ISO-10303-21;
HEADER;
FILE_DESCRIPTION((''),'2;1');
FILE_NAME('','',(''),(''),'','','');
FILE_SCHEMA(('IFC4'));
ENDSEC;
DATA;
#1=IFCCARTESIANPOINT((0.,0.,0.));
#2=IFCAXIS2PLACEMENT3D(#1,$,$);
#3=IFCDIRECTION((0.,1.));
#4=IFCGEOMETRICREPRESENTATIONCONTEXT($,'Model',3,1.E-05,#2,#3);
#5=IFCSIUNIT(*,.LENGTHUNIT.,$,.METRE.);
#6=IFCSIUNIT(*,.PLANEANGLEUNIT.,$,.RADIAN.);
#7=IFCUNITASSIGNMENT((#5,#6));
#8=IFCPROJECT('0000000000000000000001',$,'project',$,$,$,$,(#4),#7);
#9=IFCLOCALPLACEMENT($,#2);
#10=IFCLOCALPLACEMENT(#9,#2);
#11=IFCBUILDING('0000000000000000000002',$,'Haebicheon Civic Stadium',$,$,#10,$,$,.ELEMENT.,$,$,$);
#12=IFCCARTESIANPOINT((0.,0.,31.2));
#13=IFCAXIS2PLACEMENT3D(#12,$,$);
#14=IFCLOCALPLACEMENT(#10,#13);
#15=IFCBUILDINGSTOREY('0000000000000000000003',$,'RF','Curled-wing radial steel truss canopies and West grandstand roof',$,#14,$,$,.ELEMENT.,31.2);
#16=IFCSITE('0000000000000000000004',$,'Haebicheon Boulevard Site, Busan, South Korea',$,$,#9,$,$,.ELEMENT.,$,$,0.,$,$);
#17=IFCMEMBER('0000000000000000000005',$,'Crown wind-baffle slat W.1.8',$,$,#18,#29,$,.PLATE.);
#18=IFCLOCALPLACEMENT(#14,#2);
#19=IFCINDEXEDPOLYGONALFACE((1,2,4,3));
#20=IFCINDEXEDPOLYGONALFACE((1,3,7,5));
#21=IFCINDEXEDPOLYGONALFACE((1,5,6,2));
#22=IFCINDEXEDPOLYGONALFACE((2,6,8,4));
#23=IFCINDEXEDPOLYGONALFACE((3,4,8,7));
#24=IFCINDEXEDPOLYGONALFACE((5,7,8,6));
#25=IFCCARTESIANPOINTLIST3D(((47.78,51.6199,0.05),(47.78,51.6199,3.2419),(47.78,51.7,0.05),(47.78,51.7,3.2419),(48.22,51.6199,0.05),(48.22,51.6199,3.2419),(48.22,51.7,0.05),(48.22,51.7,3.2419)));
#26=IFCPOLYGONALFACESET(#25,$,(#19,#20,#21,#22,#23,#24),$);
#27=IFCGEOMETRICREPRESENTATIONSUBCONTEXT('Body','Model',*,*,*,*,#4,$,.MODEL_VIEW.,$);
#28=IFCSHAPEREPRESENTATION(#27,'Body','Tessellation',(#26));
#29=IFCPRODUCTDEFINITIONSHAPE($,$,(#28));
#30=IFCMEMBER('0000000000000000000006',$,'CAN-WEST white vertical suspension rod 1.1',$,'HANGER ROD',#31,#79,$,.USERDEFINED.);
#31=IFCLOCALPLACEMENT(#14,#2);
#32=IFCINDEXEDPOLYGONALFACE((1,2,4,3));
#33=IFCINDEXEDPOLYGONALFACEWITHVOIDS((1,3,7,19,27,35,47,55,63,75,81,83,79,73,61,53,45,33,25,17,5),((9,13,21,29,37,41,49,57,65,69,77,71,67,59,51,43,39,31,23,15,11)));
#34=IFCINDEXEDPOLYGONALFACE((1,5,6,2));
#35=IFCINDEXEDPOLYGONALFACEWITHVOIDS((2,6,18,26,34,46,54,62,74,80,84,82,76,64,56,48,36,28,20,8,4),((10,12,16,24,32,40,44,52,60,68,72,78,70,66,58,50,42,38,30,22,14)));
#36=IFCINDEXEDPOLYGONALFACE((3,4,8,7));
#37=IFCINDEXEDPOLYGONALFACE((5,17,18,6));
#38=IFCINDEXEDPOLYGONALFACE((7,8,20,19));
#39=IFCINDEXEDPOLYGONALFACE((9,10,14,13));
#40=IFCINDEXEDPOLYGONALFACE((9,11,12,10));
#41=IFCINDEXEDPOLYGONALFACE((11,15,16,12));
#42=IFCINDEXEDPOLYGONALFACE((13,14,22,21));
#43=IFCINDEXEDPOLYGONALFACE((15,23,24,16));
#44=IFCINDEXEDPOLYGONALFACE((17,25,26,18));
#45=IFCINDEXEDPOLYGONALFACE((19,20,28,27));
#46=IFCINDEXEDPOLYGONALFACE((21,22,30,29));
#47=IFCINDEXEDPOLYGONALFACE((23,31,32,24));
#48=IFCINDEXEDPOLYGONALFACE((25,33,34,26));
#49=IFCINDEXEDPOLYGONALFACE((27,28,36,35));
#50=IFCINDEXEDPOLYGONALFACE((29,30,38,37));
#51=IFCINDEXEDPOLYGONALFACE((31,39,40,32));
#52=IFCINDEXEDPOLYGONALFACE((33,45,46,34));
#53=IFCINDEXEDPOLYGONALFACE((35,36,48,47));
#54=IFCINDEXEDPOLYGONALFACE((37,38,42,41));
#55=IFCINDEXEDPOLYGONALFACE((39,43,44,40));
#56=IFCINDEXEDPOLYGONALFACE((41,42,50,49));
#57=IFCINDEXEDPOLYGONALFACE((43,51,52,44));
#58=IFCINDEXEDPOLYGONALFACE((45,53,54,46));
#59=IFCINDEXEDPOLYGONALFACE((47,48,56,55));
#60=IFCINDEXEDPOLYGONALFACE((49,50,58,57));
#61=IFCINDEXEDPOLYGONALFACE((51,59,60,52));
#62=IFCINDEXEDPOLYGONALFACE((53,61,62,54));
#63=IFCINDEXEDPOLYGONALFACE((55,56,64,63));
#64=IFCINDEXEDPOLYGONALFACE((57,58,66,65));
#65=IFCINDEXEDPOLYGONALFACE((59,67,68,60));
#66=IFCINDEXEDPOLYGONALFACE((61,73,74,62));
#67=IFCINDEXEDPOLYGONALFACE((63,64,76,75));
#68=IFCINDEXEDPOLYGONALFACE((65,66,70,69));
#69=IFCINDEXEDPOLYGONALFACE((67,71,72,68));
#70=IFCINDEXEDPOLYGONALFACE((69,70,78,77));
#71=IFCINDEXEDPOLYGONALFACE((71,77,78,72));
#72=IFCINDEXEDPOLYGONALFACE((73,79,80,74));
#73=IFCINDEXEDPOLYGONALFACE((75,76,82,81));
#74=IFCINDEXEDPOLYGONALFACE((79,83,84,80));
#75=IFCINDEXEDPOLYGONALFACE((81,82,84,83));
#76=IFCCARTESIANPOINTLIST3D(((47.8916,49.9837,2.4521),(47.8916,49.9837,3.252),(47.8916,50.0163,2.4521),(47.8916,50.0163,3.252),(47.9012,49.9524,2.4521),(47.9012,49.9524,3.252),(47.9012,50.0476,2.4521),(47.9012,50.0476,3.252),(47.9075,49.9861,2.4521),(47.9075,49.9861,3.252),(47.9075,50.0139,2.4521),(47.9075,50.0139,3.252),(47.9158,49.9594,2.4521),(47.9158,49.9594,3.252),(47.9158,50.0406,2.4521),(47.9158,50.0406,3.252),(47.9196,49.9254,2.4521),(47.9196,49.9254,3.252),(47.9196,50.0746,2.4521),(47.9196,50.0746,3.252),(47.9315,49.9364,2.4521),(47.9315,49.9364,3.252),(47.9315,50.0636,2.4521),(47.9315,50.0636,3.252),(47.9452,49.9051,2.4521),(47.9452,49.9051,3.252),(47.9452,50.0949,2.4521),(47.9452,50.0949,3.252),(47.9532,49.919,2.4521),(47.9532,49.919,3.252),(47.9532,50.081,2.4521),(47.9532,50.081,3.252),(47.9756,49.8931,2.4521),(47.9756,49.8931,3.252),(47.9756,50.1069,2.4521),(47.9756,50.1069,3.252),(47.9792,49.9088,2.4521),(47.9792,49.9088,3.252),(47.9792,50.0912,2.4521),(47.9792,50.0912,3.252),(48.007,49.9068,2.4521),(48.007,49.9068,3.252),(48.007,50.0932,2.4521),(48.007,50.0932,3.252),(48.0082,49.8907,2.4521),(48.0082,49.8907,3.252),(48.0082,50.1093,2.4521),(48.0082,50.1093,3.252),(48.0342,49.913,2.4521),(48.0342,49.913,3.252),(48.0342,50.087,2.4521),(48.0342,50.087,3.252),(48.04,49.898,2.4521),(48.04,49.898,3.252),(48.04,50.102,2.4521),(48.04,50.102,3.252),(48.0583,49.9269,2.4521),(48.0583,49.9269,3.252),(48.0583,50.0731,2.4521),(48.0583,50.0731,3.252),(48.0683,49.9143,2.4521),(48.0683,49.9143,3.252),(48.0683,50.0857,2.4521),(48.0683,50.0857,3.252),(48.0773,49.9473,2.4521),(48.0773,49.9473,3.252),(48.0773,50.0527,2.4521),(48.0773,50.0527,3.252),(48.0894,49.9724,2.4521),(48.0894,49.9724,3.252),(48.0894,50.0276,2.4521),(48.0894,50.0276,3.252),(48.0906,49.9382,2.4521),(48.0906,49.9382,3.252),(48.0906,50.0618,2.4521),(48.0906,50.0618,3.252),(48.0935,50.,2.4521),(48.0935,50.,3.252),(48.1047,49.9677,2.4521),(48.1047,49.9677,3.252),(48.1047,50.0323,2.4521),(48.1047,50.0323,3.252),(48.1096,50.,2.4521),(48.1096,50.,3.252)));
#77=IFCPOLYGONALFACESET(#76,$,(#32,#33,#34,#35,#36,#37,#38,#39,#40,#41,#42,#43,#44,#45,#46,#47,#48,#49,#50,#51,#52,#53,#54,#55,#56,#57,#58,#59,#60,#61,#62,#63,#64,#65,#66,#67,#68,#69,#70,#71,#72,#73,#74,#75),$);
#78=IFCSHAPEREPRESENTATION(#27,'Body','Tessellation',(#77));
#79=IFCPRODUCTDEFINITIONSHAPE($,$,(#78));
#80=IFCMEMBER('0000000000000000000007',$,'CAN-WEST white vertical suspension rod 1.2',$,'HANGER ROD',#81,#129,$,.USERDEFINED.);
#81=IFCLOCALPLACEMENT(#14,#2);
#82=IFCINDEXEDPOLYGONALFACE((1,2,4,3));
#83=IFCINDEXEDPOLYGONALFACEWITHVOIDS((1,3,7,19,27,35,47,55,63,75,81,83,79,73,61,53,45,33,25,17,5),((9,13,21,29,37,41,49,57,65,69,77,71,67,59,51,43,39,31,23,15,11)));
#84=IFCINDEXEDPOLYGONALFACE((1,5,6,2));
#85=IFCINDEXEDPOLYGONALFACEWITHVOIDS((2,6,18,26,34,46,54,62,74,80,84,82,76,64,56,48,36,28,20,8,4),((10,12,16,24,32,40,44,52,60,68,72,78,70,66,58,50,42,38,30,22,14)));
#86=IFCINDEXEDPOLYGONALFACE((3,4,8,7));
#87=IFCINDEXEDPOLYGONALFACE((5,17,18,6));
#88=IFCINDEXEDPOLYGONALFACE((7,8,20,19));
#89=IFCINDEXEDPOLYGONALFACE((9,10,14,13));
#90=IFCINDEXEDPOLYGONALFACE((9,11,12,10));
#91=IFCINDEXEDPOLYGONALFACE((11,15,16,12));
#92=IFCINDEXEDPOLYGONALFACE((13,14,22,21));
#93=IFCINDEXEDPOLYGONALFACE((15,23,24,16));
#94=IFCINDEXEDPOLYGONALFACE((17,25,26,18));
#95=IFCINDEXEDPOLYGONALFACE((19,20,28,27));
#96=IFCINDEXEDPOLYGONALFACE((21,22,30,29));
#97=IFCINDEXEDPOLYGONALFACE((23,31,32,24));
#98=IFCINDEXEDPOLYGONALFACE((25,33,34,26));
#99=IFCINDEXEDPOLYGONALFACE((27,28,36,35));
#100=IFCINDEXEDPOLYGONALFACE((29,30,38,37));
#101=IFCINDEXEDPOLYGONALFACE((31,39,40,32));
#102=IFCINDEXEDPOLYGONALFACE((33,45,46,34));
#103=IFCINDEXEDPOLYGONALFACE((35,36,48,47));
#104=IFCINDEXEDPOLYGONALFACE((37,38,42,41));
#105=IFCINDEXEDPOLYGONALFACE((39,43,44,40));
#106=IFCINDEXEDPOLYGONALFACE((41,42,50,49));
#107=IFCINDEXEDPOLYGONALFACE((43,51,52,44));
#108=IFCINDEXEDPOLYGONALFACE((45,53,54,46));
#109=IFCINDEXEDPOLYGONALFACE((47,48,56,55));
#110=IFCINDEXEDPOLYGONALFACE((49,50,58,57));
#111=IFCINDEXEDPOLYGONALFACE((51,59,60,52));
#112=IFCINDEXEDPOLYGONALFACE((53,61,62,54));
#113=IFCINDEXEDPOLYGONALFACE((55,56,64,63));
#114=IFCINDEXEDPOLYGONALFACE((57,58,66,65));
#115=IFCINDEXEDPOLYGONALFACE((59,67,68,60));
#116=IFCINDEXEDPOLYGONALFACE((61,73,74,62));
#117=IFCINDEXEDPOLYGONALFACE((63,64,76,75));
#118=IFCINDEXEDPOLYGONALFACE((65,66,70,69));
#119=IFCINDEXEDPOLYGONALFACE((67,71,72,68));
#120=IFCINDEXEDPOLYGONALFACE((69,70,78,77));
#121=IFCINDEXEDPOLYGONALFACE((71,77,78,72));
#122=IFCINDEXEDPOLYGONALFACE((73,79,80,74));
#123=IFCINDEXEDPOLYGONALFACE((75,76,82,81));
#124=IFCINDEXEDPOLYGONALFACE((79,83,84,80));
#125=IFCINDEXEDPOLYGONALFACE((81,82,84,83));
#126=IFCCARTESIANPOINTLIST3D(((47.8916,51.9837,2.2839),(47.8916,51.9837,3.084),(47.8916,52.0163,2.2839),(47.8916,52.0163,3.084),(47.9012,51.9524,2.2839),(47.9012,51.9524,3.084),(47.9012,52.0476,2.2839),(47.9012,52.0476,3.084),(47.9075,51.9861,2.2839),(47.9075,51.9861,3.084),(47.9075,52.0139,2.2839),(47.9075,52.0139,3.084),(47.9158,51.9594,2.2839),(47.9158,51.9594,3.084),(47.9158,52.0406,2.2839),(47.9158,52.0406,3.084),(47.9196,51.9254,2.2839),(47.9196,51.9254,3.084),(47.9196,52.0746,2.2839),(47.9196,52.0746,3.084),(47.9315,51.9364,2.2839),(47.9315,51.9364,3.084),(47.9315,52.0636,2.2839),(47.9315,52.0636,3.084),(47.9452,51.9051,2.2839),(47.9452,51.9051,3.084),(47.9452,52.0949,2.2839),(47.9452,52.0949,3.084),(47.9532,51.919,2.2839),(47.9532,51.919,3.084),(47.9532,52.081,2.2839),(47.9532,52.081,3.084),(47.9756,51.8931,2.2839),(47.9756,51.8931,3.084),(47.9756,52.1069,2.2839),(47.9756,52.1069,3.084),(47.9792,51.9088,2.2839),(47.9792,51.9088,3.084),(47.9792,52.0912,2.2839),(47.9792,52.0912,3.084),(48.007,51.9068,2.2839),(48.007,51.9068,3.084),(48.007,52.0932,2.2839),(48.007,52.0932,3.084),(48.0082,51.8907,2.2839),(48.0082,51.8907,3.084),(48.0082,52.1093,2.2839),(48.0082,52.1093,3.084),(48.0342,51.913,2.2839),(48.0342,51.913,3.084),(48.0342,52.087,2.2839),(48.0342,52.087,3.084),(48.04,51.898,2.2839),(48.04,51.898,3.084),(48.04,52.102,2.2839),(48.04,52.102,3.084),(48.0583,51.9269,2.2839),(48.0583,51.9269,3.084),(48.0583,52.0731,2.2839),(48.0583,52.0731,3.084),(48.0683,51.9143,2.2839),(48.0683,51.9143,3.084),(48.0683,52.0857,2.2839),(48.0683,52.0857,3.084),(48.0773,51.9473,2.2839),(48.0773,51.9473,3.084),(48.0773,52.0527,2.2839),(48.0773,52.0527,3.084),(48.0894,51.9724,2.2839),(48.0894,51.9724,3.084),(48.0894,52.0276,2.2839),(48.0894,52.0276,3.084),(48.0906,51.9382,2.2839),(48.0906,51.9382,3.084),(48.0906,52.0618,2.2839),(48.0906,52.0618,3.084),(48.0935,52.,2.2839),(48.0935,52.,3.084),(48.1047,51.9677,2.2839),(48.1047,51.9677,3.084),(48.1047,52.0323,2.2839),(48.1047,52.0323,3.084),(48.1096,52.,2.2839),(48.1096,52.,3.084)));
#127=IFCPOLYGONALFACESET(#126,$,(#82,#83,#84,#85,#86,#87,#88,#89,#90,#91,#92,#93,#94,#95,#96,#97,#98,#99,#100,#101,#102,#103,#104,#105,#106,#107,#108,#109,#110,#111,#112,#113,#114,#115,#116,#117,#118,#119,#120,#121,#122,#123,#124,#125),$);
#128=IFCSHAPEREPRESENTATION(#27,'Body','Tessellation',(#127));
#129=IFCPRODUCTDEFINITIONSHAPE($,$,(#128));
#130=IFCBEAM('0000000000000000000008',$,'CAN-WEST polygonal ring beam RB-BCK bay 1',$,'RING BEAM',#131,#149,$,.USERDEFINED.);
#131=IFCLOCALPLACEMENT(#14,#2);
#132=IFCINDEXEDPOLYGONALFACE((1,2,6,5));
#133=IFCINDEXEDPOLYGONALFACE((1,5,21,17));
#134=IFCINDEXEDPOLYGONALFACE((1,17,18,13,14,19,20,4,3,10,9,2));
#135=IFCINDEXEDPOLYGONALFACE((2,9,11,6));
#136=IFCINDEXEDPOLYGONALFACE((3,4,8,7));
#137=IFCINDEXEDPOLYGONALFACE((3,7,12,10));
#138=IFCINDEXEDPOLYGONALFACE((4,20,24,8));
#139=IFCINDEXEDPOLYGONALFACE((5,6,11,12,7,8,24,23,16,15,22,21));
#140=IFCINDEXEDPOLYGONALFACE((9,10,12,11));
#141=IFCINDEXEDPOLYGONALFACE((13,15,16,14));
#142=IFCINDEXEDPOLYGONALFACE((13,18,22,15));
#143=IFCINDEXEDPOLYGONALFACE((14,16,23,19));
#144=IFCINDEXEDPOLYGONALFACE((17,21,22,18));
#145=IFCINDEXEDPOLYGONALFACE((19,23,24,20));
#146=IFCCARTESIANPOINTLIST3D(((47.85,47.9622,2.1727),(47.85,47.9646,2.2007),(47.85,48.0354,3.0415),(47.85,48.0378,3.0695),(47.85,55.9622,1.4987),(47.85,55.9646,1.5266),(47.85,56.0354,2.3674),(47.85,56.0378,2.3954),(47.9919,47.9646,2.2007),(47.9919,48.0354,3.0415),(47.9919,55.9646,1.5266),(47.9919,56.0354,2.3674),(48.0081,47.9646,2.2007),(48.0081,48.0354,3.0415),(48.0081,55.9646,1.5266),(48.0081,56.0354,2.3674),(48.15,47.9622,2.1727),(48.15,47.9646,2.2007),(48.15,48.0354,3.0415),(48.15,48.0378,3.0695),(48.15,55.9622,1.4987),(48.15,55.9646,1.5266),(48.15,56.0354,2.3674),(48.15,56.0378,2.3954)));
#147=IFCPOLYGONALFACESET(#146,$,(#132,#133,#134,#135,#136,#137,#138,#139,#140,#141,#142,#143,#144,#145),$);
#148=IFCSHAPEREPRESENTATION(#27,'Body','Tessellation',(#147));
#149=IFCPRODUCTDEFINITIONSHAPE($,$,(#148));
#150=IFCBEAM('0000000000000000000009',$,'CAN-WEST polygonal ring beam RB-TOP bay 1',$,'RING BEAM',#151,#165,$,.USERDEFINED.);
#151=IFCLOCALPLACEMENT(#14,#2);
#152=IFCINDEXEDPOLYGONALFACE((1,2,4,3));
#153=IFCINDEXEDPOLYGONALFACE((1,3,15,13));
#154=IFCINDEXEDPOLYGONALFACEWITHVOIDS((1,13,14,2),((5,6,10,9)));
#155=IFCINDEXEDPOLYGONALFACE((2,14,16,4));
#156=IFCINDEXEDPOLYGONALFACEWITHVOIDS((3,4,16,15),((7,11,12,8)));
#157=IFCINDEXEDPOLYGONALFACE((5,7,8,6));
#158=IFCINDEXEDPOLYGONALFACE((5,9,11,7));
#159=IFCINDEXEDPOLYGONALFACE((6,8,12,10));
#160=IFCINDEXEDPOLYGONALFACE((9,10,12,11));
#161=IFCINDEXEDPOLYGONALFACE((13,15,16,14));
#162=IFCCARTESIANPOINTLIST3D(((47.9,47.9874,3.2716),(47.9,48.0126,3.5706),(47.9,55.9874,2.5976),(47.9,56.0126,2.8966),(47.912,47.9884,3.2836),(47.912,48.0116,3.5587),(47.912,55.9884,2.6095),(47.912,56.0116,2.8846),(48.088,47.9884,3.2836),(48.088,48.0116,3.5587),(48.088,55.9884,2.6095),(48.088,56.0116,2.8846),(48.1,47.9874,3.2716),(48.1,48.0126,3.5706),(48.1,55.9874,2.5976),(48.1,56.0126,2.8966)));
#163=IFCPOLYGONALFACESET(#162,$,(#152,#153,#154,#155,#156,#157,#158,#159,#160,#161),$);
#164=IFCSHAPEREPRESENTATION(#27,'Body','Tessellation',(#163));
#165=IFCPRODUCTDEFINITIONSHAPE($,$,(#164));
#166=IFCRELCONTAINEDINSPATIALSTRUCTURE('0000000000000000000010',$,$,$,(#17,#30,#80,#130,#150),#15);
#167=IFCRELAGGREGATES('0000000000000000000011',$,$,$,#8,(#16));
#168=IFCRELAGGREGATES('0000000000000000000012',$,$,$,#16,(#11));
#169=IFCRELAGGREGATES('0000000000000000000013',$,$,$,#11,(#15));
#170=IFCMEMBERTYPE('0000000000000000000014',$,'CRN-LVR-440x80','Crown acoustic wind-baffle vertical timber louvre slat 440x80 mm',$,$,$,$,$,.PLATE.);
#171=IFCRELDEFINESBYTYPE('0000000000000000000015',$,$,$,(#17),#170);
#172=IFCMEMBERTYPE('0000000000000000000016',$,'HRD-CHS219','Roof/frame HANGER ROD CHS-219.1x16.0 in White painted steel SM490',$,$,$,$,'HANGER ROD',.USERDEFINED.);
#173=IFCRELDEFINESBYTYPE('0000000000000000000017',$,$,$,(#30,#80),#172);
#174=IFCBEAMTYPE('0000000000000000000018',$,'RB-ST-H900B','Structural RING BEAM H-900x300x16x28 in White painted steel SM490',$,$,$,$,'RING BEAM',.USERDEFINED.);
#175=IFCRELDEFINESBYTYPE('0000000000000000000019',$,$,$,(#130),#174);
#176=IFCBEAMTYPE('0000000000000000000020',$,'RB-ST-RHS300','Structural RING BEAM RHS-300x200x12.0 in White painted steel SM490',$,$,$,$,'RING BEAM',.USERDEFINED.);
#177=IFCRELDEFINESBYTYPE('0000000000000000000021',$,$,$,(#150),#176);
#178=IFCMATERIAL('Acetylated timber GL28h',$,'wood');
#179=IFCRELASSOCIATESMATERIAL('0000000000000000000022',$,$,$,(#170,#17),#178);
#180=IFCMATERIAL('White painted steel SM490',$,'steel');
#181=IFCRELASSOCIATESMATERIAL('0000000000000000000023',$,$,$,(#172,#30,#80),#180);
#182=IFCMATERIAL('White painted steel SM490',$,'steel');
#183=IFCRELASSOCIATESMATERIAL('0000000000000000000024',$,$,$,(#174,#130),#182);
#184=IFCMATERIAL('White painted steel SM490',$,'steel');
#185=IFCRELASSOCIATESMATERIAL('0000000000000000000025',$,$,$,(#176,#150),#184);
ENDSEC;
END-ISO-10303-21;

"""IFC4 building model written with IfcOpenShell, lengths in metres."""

from ifc_helpers import new_model, si_unit, direction, frame, origin, origin_2d, place, context, subcontext, project, spatial, rectangle, hollow_rectangle, hollow_circle, i_section, extrude, material, material_profile, profile_set, type_object, element, save


model = new_model("IFC4")

# Units and contexts
model_context = context("Model", 3, precision=1e-05, world=origin(), true_north=direction((0.0, 1.0)))
body_context = subcontext(model_context, "Body", "Model", "MODEL_VIEW")
ifc_project = project(units=[si_unit("LENGTHUNIT", "METRE"), si_unit("PLANEANGLEUNIT", "RADIAN")], contexts=[model_context])

# Site, building, storey
site_placement = place(None, origin())
site = spatial("IfcSite", under=ifc_project, at=site_placement, Name="Haebicheon Boulevard Site, Busan, South Korea", CompositionType="ELEMENT", RefElevation=0.0)
building_placement = place(site_placement, origin())
building = spatial("IfcBuilding", under=site, at=building_placement, Name="Haebicheon Civic Stadium", CompositionType="ELEMENT")
storey_placement = place(building_placement, frame((0.0, 0.0, 31.2)))
storey = spatial("IfcBuildingStorey", under=building, at=storey_placement, Name="RF", Description="Curled-wing radial steel truss canopies and West grandstand roof", CompositionType="ELEMENT", Elevation=31.2)

# Members
ifc_material_1 = material(Name="Acetylated timber GL28h", Category="wood")
ifc_material_profile_1 = material_profile(ifc_material_1, rectangle(XDim=0.0801, YDim=0.4399, at=origin_2d()), Name="TMB-LOUV-80x440")
ifc_profile_set_1 = profile_set([ifc_material_profile_1], Name="Acetylated timber GL28h")
member_type_1 = type_object("IfcMemberType", Name="CRN-LVR-440x80", Description="Crown acoustic wind-baffle vertical timber louvre slat 440x80 mm", PredefinedType="PLATE", material=ifc_profile_set_1)
member_1_placement = place(storey_placement, frame((48.0, 51.6599, 0.05), z_axis=(0.0, 0.0, 1.0), x_axis=(0.0, 1.0, 0.0)))
element("IfcMember", 1, at=member_1_placement, inside=storey, type_object=member_type_1, material=ifc_profile_set_1, Name="Crown wind-baffle slat W.1.8", PredefinedType="PLATE", context=body_context, shape_type="SweptSolid", body=[
    extrude(rectangle(XDim=0.0801, YDim=0.4399, at=origin_2d()), origin(), (0.0, 0.0, 1.0), 3.1919),
])
ifc_material_2 = material(Name="White painted steel SM490", Category="steel")
ifc_material_profile_2 = material_profile(ifc_material_2, hollow_circle(Radius=0.1096, WallThickness=0.0161, at=origin_2d()), Name="CHS-219.1x16.0")
ifc_profile_set_2 = profile_set([ifc_material_profile_2], Name="White painted steel SM490")
member_type_2 = type_object("IfcMemberType", Name="HRD-CHS219", Description="Roof/frame HANGER ROD CHS-219.1x16.0 in White painted steel SM490", ElementType="HANGER ROD", PredefinedType="USERDEFINED", material=ifc_profile_set_2)
member_2_placement = place(storey_placement, frame((48.0, 50.0, 2.4521), z_axis=(0.0, 0.0, 1.0), x_axis=(1.0, 0.0, 0.0)))
element("IfcMember", 2, at=member_2_placement, inside=storey, type_object=member_type_2, material=ifc_profile_set_2, Name="CAN-WEST white vertical suspension rod 1.1", ObjectType="HANGER ROD", PredefinedType="USERDEFINED", context=body_context, shape_type="SweptSolid", body=[
    extrude(hollow_circle(Radius=0.1096, WallThickness=0.0161, at=origin_2d()), origin(), (0.0, 0.0, 1.0), 0.7998),
])
member_3_placement = place(storey_placement, frame((48.0, 52.0, 2.2839), z_axis=(0.0, 0.0, 1.0), x_axis=(1.0, 0.0, 0.0)))
element("IfcMember", 3, at=member_3_placement, inside=storey, type_object=member_type_2, material=ifc_profile_set_2, Name="CAN-WEST white vertical suspension rod 1.2", ObjectType="HANGER ROD", PredefinedType="USERDEFINED", context=body_context, shape_type="SweptSolid", body=[
    extrude(hollow_circle(Radius=0.1096, WallThickness=0.0161, at=origin_2d()), origin(), (0.0, 0.0, 1.0), 0.8),
])

# Beams
ifc_material_3 = material(Name="White painted steel SM490", Category="steel")
ifc_material_profile_3 = material_profile(ifc_material_3, i_section(OverallWidth=0.3, OverallDepth=0.8999, WebThickness=0.0161, FlangeThickness=0.0281, at=origin_2d()), Name="H-900x300x16x28")
ifc_profile_set_3 = profile_set([ifc_material_profile_3], Name="White painted steel SM490")
beam_type_1 = type_object("IfcBeamType", Name="RB-ST-H900B", Description="Structural RING BEAM H-900x300x16x28 in White painted steel SM490", ElementType="RING BEAM", PredefinedType="USERDEFINED", material=ifc_profile_set_3)
beam_1_placement = place(storey_placement, frame((48.0, 48.0, 2.6211), z_axis=(0.0, 0.996469, -0.083962), x_axis=(-1.0, 0.0, 0.0)))
element("IfcBeam", 4, at=beam_1_placement, inside=storey, type_object=beam_type_1, material=ifc_profile_set_3, Name="CAN-WEST polygonal ring beam RB-BCK bay 1", ObjectType="RING BEAM", PredefinedType="USERDEFINED", context=body_context, shape_type="SweptSolid", body=[
    extrude(i_section(OverallWidth=0.3, OverallDepth=0.8999, WebThickness=0.0161, FlangeThickness=0.0281, at=origin_2d()), origin(), (0.0, 0.0, 1.0), 8.0283),
])
ifc_material_4 = material(Name="White painted steel SM490", Category="steel")
ifc_material_profile_4 = material_profile(ifc_material_4, hollow_rectangle(XDim=0.2, YDim=0.3, WallThickness=0.012, at=origin_2d()), Name="RHS-300x200x12.0")
ifc_profile_set_4 = profile_set([ifc_material_profile_4], Name="White painted steel SM490")
beam_type_2 = type_object("IfcBeamType", Name="RB-ST-RHS300", Description="Structural RING BEAM RHS-300x200x12.0 in White painted steel SM490", ElementType="RING BEAM", PredefinedType="USERDEFINED", material=ifc_profile_set_4)
beam_2_placement = place(storey_placement, frame((48.0, 48.0, 3.4211), z_axis=(0.0, 0.996469, -0.083962), x_axis=(-1.0, 0.0, 0.0)))
element("IfcBeam", 5, at=beam_2_placement, inside=storey, type_object=beam_type_2, material=ifc_profile_set_4, Name="CAN-WEST polygonal ring beam RB-TOP bay 1", ObjectType="RING BEAM", PredefinedType="USERDEFINED", context=body_context, shape_type="SweptSolid", body=[
    extrude(hollow_rectangle(XDim=0.2, YDim=0.3, WallThickness=0.012, at=origin_2d()), origin(), (0.0, 0.0, 1.0), 8.0283),
])

save(model, "model.ifc")
